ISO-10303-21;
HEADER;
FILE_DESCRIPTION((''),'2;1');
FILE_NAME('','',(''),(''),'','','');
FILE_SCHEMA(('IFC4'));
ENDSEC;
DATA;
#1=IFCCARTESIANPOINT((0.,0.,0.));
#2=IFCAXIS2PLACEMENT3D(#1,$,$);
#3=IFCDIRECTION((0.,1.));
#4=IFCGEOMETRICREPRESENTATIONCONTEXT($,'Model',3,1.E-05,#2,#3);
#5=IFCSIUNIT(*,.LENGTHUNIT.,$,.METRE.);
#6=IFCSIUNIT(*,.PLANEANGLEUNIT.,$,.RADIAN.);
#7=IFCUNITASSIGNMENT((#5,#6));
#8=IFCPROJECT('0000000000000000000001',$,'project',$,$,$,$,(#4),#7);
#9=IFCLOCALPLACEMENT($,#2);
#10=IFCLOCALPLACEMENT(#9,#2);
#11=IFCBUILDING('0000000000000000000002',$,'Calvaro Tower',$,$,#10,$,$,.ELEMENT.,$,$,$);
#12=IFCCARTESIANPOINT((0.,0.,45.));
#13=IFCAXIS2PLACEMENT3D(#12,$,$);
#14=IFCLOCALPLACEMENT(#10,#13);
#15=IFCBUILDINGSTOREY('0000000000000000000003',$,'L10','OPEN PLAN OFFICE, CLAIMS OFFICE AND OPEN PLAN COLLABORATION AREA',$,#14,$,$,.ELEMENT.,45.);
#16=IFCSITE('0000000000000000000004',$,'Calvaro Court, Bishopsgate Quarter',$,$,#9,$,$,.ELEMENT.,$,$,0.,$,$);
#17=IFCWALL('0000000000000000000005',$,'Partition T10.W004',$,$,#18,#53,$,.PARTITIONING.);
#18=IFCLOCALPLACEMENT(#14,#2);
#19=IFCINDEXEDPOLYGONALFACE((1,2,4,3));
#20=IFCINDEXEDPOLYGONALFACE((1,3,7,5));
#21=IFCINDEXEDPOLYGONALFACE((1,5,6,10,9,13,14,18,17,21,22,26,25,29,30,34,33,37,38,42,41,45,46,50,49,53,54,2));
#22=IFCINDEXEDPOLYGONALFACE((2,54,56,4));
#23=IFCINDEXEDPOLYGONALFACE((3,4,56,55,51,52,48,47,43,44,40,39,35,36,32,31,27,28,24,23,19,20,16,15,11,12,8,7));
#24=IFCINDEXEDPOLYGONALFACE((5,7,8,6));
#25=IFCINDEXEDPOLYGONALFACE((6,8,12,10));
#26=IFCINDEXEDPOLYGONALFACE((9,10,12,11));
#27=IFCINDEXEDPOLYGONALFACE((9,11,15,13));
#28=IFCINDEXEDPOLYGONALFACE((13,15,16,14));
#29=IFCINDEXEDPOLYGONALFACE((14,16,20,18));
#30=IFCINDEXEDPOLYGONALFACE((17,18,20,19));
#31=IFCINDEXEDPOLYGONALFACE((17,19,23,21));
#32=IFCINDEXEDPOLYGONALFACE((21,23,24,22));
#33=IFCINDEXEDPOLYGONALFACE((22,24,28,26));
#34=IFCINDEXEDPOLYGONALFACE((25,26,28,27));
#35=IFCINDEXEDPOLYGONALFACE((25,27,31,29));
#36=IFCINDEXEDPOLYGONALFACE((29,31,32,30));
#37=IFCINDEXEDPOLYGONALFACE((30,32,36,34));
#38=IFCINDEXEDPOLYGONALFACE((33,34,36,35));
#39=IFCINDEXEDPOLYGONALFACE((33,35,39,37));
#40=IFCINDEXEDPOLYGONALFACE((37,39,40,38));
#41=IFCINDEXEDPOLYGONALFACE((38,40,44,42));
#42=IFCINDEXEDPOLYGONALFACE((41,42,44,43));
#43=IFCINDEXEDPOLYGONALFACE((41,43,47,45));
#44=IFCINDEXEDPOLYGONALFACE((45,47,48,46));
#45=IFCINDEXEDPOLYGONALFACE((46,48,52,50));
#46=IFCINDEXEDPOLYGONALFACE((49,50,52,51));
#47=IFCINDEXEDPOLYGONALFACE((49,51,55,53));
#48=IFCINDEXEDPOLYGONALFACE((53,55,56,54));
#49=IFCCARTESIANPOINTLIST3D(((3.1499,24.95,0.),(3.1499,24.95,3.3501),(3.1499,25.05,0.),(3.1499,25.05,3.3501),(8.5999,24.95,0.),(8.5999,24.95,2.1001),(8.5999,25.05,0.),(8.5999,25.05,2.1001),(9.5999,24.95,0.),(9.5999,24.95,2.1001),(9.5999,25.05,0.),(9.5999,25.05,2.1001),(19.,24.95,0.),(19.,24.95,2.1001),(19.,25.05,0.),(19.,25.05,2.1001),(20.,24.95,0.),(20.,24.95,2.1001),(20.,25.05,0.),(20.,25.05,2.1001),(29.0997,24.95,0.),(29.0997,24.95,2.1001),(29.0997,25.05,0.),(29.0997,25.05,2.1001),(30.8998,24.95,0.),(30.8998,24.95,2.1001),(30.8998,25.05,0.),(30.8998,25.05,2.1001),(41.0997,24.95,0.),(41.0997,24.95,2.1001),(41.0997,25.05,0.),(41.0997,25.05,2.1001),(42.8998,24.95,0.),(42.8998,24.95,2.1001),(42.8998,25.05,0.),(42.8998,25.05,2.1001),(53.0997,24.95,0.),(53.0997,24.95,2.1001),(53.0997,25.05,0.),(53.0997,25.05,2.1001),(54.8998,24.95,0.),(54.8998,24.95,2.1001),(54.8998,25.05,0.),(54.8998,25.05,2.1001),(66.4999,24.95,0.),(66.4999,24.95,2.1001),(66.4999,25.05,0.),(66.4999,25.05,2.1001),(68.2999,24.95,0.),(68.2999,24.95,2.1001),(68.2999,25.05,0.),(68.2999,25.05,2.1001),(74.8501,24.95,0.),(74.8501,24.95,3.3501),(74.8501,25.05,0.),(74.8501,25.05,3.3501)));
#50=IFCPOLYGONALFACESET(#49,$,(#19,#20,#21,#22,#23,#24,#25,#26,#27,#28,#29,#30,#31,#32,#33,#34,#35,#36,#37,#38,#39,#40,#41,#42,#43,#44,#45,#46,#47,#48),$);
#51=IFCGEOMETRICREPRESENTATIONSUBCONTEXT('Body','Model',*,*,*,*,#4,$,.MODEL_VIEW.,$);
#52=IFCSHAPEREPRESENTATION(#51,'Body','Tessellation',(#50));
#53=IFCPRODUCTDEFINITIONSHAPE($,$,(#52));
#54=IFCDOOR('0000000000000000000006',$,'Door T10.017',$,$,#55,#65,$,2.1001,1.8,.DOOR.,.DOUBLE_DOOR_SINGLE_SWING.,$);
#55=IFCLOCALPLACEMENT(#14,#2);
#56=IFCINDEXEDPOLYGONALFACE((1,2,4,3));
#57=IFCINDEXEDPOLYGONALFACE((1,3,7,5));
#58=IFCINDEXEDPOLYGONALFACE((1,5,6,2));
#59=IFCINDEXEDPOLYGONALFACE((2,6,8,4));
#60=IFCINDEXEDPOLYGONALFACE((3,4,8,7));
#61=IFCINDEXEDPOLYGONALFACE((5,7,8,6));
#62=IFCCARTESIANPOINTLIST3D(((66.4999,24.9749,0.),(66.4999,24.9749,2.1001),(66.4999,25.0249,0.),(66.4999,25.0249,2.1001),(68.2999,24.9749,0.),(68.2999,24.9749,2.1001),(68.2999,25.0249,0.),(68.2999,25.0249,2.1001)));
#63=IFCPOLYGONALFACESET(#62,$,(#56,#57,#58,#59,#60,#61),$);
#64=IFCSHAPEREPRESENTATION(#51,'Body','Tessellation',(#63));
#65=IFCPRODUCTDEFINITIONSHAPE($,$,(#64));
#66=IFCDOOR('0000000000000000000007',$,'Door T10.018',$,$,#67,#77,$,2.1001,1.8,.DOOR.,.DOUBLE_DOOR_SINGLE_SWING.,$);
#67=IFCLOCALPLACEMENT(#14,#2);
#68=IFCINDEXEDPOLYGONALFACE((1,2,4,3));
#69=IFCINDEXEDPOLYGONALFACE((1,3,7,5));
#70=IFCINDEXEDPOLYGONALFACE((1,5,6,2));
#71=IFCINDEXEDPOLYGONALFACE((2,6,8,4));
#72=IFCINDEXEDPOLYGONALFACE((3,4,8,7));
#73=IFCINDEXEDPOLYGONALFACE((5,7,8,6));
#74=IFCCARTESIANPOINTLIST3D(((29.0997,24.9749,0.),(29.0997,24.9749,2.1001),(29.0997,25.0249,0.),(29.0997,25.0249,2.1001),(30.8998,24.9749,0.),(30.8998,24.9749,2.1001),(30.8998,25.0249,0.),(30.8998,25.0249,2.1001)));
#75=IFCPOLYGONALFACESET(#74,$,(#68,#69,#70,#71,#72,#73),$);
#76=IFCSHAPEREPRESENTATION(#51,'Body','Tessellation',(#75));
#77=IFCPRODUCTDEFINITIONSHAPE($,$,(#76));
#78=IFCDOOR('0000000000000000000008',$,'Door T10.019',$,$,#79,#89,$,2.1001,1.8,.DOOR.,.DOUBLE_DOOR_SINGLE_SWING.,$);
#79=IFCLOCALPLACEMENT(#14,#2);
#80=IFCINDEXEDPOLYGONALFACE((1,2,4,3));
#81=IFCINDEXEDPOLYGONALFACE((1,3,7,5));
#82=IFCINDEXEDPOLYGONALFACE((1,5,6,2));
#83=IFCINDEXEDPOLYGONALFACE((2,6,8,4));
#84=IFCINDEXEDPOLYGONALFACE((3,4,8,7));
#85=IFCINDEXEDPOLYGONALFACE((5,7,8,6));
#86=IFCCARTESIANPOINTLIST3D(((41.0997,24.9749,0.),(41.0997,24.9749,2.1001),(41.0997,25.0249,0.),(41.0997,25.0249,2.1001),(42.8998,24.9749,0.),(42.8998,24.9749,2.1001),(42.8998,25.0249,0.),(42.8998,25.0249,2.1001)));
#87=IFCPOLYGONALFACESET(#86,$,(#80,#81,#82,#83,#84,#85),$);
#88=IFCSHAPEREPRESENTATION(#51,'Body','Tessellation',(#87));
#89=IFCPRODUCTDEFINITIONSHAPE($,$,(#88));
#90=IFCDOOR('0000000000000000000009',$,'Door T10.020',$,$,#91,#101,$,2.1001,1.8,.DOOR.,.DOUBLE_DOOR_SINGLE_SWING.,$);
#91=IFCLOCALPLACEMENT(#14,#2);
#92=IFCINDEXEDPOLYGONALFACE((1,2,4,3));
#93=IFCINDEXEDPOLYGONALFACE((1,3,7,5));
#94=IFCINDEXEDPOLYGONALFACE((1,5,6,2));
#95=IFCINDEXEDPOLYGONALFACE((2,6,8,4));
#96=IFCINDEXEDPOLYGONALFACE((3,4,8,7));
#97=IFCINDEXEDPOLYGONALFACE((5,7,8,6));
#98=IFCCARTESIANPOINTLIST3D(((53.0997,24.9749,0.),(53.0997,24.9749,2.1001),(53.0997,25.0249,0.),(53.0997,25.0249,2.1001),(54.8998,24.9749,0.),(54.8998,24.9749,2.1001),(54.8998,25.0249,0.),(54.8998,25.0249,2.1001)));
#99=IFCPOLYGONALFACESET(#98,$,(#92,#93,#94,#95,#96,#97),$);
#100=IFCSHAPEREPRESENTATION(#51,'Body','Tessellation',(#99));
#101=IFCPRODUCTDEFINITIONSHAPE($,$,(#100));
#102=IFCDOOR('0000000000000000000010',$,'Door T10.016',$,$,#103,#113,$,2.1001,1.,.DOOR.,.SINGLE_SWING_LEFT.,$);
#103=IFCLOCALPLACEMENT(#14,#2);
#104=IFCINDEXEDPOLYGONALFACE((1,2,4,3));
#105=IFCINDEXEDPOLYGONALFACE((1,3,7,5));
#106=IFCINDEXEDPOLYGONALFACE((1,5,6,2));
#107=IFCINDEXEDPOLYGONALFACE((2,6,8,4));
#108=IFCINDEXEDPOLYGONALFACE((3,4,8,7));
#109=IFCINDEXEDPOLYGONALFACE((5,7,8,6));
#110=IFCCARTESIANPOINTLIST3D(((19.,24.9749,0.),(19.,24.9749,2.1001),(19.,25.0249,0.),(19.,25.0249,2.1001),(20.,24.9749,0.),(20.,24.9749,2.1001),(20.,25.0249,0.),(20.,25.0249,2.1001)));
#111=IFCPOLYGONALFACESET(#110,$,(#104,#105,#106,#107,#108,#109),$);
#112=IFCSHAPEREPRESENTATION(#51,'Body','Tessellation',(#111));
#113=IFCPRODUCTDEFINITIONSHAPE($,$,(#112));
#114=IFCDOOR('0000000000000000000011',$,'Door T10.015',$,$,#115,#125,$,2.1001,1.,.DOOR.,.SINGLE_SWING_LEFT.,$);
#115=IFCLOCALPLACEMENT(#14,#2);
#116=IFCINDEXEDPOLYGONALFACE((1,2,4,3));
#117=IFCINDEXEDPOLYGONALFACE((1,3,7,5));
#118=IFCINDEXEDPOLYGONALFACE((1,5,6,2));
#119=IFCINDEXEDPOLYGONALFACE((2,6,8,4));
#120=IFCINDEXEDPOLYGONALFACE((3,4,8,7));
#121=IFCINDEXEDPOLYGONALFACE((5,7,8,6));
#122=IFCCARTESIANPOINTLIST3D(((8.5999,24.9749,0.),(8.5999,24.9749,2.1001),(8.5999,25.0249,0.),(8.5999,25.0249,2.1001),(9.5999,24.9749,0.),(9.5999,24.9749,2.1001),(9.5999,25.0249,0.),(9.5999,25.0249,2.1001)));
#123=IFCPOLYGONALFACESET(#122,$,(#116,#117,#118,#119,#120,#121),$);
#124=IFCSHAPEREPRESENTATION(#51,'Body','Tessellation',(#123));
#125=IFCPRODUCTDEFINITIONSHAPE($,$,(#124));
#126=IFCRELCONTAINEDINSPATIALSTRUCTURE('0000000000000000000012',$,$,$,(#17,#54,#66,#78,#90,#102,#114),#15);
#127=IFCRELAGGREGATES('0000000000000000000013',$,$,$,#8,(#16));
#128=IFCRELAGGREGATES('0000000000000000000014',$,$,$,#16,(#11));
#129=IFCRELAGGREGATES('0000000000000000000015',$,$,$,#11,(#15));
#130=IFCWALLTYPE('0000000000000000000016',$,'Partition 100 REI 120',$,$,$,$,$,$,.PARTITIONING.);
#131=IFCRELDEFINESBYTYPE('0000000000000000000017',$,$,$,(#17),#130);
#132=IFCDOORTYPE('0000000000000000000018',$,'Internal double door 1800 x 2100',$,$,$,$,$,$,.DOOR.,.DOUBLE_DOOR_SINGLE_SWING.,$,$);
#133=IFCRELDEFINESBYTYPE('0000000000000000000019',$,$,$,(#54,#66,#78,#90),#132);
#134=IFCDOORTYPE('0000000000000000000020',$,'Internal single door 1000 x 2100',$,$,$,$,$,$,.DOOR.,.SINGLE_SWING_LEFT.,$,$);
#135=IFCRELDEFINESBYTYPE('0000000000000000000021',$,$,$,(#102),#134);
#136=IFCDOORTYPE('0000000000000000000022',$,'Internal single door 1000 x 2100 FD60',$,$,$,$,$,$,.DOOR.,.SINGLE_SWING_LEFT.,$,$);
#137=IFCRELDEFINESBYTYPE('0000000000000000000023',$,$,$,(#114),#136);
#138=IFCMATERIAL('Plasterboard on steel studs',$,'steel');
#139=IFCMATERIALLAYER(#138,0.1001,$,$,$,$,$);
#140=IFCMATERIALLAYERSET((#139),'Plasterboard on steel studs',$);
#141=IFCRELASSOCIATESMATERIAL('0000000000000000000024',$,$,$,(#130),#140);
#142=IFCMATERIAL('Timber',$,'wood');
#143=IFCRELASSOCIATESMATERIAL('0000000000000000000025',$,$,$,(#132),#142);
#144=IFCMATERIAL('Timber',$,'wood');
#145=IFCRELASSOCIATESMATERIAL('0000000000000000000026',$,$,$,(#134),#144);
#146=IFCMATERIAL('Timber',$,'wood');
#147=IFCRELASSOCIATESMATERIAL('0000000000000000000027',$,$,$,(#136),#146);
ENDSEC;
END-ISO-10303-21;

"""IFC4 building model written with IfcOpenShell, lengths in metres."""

from ifc_helpers import new_model, si_unit, direction, frame, frame_2d, origin, place, context, subcontext, project, spatial, rectangle, extrude, material, layer, layer_set, type_object, element, fill, save


model = new_model("IFC4")

# Units and contexts
model_context = context("Model", 3, precision=1e-05, world=origin(), true_north=direction((0.0, 1.0)))
body_context = subcontext(model_context, "Body", "Model", "MODEL_VIEW")
ifc_project = project(units=[si_unit("LENGTHUNIT", "METRE"), si_unit("PLANEANGLEUNIT", "RADIAN")], contexts=[model_context])

# Site, building, storey
site_placement = place(None, origin())
site = spatial("IfcSite", under=ifc_project, at=site_placement, Name="Calvaro Court, Bishopsgate Quarter", CompositionType="ELEMENT", RefElevation=0.0)
building_placement = place(site_placement, origin())
building = spatial("IfcBuilding", under=site, at=building_placement, Name="Calvaro Tower", CompositionType="ELEMENT")
storey_placement = place(building_placement, frame((0.0, 0.0, 45.0)))
storey = spatial("IfcBuildingStorey", under=building, at=storey_placement, Name="L10", Description="OPEN PLAN OFFICE, CLAIMS OFFICE AND OPEN PLAN COLLABORATION AREA", CompositionType="ELEMENT", Elevation=45.0)

# Wall, openings, doors
ifc_material_1 = material(Name="Plasterboard on steel studs", Category="steel")
ifc_layer = layer(ifc_material_1, 0.1001)
ifc_layer_set = layer_set([ifc_layer], Name="Plasterboard on steel studs")
wall_type = type_object("IfcWallType", Name="Partition 100 REI 120", PredefinedType="PARTITIONING", material=ifc_layer_set)
wall_placement = place(storey_placement, frame((3.1499, 25.0, 0.0), z_axis=(0.0, 0.0, 1.0), x_axis=(1.0, 0.0, 0.0)))
wall = element("IfcWall", 1, at=wall_placement, inside=storey, type_object=wall_type, Name="Partition T10.W004", PredefinedType="PARTITIONING", context=body_context, shape_type="SweptSolid", body=[
    extrude(rectangle(XDim=71.7002, YDim=0.1001, at=frame_2d((35.8501, 0.0))), origin(), (0.0, 0.0, 1.0), 3.3501),
])
opening_1_placement = place(wall_placement, frame((5.45, 0.0, 0.0)))
opening_1 = element("IfcOpeningElement", 2, at=opening_1_placement, cuts=wall, PredefinedType="OPENING", context=body_context, shape_type="SweptSolid", body=[
    extrude(rectangle(XDim=1.0, YDim=2.1001, at=frame_2d((0.5, 1.05))), frame((0.0, 0.0601, 0.0), z_axis=(0.0, -1.0, 0.0), x_axis=(1.0, 0.0, 0.0)), (0.0, 0.0, 1.0), 0.1201),
])
opening_2_placement = place(wall_placement, frame((15.8501, 0.0, 0.0)))
opening_2 = element("IfcOpeningElement", 3, at=opening_2_placement, cuts=wall, PredefinedType="OPENING", context=body_context, shape_type="SweptSolid", body=[
    extrude(rectangle(XDim=1.0, YDim=2.1001, at=frame_2d((0.5, 1.05))), frame((0.0, 0.0601, 0.0), z_axis=(0.0, -1.0, 0.0), x_axis=(1.0, 0.0, 0.0)), (0.0, 0.0, 1.0), 0.1201),
])
opening_3_placement = place(wall_placement, frame((63.3501, 0.0, 0.0)))
opening_3 = element("IfcOpeningElement", 4, at=opening_3_placement, cuts=wall, PredefinedType="OPENING", context=body_context, shape_type="SweptSolid", body=[
    extrude(rectangle(XDim=1.8, YDim=2.1001, at=frame_2d((0.8999, 1.05))), frame((0.0, 0.0601, 0.0), z_axis=(0.0, -1.0, 0.0), x_axis=(1.0, 0.0, 0.0)), (0.0, 0.0, 1.0), 0.1201),
])
opening_4_placement = place(wall_placement, frame((25.95, 0.0, 0.0)))
opening_4 = element("IfcOpeningElement", 5, at=opening_4_placement, cuts=wall, PredefinedType="OPENING", context=body_context, shape_type="SweptSolid", body=[
    extrude(rectangle(XDim=1.8, YDim=2.1001, at=frame_2d((0.8999, 1.05))), frame((0.0, 0.0601, 0.0), z_axis=(0.0, -1.0, 0.0), x_axis=(1.0, 0.0, 0.0)), (0.0, 0.0, 1.0), 0.1201),
])
opening_5_placement = place(wall_placement, frame((37.95, 0.0, 0.0)))
opening_5 = element("IfcOpeningElement", 6, at=opening_5_placement, cuts=wall, PredefinedType="OPENING", context=body_context, shape_type="SweptSolid", body=[
    extrude(rectangle(XDim=1.8, YDim=2.1001, at=frame_2d((0.8999, 1.05))), frame((0.0, 0.0601, 0.0), z_axis=(0.0, -1.0, 0.0), x_axis=(1.0, 0.0, 0.0)), (0.0, 0.0, 1.0), 0.1201),
])
opening_6_placement = place(wall_placement, frame((49.95, 0.0, 0.0)))
opening_6 = element("IfcOpeningElement", 7, at=opening_6_placement, cuts=wall, PredefinedType="OPENING", context=body_context, shape_type="SweptSolid", body=[
    extrude(rectangle(XDim=1.8, YDim=2.1001, at=frame_2d((0.8999, 1.05))), frame((0.0, 0.0601, 0.0), z_axis=(0.0, -1.0, 0.0), x_axis=(1.0, 0.0, 0.0)), (0.0, 0.0, 1.0), 0.1201),
])
ifc_material_2 = material(Name="Timber", Category="wood")
door_type_1 = type_object("IfcDoorType", Name="Internal double door 1800 x 2100", OperationType="DOUBLE_DOOR_SINGLE_SWING", PredefinedType="DOOR", material=ifc_material_2)
door_1_placement = place(opening_3_placement, origin())
door_1 = element("IfcDoor", 8, at=door_1_placement, inside=storey, type_object=door_type_1, Name="Door T10.017", OperationType="DOUBLE_DOOR_SINGLE_SWING", OverallHeight=2.1001, OverallWidth=1.8, PredefinedType="DOOR", context=body_context, shape_type="SweptSolid", body=[
    extrude(rectangle(XDim=1.8, YDim=2.1001, at=frame_2d((0.8999, 1.05))), frame((0.0, 0.0249, 0.0), z_axis=(0.0, -1.0, 0.0), x_axis=(1.0, 0.0, 0.0)), (0.0, 0.0, 1.0), 0.05),
])
fill(opening_3, door_1)
door_2_placement = place(opening_4_placement, origin())
door_2 = element("IfcDoor", 9, at=door_2_placement, inside=storey, type_object=door_type_1, Name="Door T10.018", OperationType="DOUBLE_DOOR_SINGLE_SWING", OverallHeight=2.1001, OverallWidth=1.8, PredefinedType="DOOR", context=body_context, shape_type="SweptSolid", body=[
    extrude(rectangle(XDim=1.8, YDim=2.1001, at=frame_2d((0.8999, 1.05))), frame((0.0, 0.0249, 0.0), z_axis=(0.0, -1.0, 0.0), x_axis=(1.0, 0.0, 0.0)), (0.0, 0.0, 1.0), 0.05),
])
fill(opening_4, door_2)
door_3_placement = place(opening_5_placement, origin())
door_3 = element("IfcDoor", 10, at=door_3_placement, inside=storey, type_object=door_type_1, Name="Door T10.019", OperationType="DOUBLE_DOOR_SINGLE_SWING", OverallHeight=2.1001, OverallWidth=1.8, PredefinedType="DOOR", context=body_context, shape_type="SweptSolid", body=[
    extrude(rectangle(XDim=1.8, YDim=2.1001, at=frame_2d((0.8999, 1.05))), frame((0.0, 0.0249, 0.0), z_axis=(0.0, -1.0, 0.0), x_axis=(1.0, 0.0, 0.0)), (0.0, 0.0, 1.0), 0.05),
])
fill(opening_5, door_3)
door_4_placement = place(opening_6_placement, origin())
door_4 = element("IfcDoor", 11, at=door_4_placement, inside=storey, type_object=door_type_1, Name="Door T10.020", OperationType="DOUBLE_DOOR_SINGLE_SWING", OverallHeight=2.1001, OverallWidth=1.8, PredefinedType="DOOR", context=body_context, shape_type="SweptSolid", body=[
    extrude(rectangle(XDim=1.8, YDim=2.1001, at=frame_2d((0.8999, 1.05))), frame((0.0, 0.0249, 0.0), z_axis=(0.0, -1.0, 0.0), x_axis=(1.0, 0.0, 0.0)), (0.0, 0.0, 1.0), 0.05),
])
fill(opening_6, door_4)
ifc_material_3 = material(Name="Timber", Category="wood")
door_type_2 = type_object("IfcDoorType", Name="Internal single door 1000 x 2100", OperationType="SINGLE_SWING_LEFT", PredefinedType="DOOR", material=ifc_material_3)
door_5_placement = place(opening_2_placement, origin())
door_5 = element("IfcDoor", 12, at=door_5_placement, inside=storey, type_object=door_type_2, Name="Door T10.016", OperationType="SINGLE_SWING_LEFT", OverallHeight=2.1001, OverallWidth=1.0, PredefinedType="DOOR", context=body_context, shape_type="SweptSolid", body=[
    extrude(rectangle(XDim=1.0, YDim=2.1001, at=frame_2d((0.5, 1.05))), frame((0.0, 0.0249, 0.0), z_axis=(0.0, -1.0, 0.0), x_axis=(1.0, 0.0, 0.0)), (0.0, 0.0, 1.0), 0.05),
])
fill(opening_2, door_5)
ifc_material_4 = material(Name="Timber", Category="wood")
door_type_3 = type_object("IfcDoorType", Name="Internal single door 1000 x 2100 FD60", OperationType="SINGLE_SWING_LEFT", PredefinedType="DOOR", material=ifc_material_4)
door_6_placement = place(opening_1_placement, origin())
door_6 = element("IfcDoor", 13, at=door_6_placement, inside=storey, type_object=door_type_3, Name="Door T10.015", OperationType="SINGLE_SWING_LEFT", OverallHeight=2.1001, OverallWidth=1.0, PredefinedType="DOOR", context=body_context, shape_type="SweptSolid", body=[
    extrude(rectangle(XDim=1.0, YDim=2.1001, at=frame_2d((0.5, 1.05))), frame((0.0, 0.0249, 0.0), z_axis=(0.0, -1.0, 0.0), x_axis=(1.0, 0.0, 0.0)), (0.0, 0.0, 1.0), 0.05),
])
fill(opening_1, door_6)

save(model, "model.ifc")
